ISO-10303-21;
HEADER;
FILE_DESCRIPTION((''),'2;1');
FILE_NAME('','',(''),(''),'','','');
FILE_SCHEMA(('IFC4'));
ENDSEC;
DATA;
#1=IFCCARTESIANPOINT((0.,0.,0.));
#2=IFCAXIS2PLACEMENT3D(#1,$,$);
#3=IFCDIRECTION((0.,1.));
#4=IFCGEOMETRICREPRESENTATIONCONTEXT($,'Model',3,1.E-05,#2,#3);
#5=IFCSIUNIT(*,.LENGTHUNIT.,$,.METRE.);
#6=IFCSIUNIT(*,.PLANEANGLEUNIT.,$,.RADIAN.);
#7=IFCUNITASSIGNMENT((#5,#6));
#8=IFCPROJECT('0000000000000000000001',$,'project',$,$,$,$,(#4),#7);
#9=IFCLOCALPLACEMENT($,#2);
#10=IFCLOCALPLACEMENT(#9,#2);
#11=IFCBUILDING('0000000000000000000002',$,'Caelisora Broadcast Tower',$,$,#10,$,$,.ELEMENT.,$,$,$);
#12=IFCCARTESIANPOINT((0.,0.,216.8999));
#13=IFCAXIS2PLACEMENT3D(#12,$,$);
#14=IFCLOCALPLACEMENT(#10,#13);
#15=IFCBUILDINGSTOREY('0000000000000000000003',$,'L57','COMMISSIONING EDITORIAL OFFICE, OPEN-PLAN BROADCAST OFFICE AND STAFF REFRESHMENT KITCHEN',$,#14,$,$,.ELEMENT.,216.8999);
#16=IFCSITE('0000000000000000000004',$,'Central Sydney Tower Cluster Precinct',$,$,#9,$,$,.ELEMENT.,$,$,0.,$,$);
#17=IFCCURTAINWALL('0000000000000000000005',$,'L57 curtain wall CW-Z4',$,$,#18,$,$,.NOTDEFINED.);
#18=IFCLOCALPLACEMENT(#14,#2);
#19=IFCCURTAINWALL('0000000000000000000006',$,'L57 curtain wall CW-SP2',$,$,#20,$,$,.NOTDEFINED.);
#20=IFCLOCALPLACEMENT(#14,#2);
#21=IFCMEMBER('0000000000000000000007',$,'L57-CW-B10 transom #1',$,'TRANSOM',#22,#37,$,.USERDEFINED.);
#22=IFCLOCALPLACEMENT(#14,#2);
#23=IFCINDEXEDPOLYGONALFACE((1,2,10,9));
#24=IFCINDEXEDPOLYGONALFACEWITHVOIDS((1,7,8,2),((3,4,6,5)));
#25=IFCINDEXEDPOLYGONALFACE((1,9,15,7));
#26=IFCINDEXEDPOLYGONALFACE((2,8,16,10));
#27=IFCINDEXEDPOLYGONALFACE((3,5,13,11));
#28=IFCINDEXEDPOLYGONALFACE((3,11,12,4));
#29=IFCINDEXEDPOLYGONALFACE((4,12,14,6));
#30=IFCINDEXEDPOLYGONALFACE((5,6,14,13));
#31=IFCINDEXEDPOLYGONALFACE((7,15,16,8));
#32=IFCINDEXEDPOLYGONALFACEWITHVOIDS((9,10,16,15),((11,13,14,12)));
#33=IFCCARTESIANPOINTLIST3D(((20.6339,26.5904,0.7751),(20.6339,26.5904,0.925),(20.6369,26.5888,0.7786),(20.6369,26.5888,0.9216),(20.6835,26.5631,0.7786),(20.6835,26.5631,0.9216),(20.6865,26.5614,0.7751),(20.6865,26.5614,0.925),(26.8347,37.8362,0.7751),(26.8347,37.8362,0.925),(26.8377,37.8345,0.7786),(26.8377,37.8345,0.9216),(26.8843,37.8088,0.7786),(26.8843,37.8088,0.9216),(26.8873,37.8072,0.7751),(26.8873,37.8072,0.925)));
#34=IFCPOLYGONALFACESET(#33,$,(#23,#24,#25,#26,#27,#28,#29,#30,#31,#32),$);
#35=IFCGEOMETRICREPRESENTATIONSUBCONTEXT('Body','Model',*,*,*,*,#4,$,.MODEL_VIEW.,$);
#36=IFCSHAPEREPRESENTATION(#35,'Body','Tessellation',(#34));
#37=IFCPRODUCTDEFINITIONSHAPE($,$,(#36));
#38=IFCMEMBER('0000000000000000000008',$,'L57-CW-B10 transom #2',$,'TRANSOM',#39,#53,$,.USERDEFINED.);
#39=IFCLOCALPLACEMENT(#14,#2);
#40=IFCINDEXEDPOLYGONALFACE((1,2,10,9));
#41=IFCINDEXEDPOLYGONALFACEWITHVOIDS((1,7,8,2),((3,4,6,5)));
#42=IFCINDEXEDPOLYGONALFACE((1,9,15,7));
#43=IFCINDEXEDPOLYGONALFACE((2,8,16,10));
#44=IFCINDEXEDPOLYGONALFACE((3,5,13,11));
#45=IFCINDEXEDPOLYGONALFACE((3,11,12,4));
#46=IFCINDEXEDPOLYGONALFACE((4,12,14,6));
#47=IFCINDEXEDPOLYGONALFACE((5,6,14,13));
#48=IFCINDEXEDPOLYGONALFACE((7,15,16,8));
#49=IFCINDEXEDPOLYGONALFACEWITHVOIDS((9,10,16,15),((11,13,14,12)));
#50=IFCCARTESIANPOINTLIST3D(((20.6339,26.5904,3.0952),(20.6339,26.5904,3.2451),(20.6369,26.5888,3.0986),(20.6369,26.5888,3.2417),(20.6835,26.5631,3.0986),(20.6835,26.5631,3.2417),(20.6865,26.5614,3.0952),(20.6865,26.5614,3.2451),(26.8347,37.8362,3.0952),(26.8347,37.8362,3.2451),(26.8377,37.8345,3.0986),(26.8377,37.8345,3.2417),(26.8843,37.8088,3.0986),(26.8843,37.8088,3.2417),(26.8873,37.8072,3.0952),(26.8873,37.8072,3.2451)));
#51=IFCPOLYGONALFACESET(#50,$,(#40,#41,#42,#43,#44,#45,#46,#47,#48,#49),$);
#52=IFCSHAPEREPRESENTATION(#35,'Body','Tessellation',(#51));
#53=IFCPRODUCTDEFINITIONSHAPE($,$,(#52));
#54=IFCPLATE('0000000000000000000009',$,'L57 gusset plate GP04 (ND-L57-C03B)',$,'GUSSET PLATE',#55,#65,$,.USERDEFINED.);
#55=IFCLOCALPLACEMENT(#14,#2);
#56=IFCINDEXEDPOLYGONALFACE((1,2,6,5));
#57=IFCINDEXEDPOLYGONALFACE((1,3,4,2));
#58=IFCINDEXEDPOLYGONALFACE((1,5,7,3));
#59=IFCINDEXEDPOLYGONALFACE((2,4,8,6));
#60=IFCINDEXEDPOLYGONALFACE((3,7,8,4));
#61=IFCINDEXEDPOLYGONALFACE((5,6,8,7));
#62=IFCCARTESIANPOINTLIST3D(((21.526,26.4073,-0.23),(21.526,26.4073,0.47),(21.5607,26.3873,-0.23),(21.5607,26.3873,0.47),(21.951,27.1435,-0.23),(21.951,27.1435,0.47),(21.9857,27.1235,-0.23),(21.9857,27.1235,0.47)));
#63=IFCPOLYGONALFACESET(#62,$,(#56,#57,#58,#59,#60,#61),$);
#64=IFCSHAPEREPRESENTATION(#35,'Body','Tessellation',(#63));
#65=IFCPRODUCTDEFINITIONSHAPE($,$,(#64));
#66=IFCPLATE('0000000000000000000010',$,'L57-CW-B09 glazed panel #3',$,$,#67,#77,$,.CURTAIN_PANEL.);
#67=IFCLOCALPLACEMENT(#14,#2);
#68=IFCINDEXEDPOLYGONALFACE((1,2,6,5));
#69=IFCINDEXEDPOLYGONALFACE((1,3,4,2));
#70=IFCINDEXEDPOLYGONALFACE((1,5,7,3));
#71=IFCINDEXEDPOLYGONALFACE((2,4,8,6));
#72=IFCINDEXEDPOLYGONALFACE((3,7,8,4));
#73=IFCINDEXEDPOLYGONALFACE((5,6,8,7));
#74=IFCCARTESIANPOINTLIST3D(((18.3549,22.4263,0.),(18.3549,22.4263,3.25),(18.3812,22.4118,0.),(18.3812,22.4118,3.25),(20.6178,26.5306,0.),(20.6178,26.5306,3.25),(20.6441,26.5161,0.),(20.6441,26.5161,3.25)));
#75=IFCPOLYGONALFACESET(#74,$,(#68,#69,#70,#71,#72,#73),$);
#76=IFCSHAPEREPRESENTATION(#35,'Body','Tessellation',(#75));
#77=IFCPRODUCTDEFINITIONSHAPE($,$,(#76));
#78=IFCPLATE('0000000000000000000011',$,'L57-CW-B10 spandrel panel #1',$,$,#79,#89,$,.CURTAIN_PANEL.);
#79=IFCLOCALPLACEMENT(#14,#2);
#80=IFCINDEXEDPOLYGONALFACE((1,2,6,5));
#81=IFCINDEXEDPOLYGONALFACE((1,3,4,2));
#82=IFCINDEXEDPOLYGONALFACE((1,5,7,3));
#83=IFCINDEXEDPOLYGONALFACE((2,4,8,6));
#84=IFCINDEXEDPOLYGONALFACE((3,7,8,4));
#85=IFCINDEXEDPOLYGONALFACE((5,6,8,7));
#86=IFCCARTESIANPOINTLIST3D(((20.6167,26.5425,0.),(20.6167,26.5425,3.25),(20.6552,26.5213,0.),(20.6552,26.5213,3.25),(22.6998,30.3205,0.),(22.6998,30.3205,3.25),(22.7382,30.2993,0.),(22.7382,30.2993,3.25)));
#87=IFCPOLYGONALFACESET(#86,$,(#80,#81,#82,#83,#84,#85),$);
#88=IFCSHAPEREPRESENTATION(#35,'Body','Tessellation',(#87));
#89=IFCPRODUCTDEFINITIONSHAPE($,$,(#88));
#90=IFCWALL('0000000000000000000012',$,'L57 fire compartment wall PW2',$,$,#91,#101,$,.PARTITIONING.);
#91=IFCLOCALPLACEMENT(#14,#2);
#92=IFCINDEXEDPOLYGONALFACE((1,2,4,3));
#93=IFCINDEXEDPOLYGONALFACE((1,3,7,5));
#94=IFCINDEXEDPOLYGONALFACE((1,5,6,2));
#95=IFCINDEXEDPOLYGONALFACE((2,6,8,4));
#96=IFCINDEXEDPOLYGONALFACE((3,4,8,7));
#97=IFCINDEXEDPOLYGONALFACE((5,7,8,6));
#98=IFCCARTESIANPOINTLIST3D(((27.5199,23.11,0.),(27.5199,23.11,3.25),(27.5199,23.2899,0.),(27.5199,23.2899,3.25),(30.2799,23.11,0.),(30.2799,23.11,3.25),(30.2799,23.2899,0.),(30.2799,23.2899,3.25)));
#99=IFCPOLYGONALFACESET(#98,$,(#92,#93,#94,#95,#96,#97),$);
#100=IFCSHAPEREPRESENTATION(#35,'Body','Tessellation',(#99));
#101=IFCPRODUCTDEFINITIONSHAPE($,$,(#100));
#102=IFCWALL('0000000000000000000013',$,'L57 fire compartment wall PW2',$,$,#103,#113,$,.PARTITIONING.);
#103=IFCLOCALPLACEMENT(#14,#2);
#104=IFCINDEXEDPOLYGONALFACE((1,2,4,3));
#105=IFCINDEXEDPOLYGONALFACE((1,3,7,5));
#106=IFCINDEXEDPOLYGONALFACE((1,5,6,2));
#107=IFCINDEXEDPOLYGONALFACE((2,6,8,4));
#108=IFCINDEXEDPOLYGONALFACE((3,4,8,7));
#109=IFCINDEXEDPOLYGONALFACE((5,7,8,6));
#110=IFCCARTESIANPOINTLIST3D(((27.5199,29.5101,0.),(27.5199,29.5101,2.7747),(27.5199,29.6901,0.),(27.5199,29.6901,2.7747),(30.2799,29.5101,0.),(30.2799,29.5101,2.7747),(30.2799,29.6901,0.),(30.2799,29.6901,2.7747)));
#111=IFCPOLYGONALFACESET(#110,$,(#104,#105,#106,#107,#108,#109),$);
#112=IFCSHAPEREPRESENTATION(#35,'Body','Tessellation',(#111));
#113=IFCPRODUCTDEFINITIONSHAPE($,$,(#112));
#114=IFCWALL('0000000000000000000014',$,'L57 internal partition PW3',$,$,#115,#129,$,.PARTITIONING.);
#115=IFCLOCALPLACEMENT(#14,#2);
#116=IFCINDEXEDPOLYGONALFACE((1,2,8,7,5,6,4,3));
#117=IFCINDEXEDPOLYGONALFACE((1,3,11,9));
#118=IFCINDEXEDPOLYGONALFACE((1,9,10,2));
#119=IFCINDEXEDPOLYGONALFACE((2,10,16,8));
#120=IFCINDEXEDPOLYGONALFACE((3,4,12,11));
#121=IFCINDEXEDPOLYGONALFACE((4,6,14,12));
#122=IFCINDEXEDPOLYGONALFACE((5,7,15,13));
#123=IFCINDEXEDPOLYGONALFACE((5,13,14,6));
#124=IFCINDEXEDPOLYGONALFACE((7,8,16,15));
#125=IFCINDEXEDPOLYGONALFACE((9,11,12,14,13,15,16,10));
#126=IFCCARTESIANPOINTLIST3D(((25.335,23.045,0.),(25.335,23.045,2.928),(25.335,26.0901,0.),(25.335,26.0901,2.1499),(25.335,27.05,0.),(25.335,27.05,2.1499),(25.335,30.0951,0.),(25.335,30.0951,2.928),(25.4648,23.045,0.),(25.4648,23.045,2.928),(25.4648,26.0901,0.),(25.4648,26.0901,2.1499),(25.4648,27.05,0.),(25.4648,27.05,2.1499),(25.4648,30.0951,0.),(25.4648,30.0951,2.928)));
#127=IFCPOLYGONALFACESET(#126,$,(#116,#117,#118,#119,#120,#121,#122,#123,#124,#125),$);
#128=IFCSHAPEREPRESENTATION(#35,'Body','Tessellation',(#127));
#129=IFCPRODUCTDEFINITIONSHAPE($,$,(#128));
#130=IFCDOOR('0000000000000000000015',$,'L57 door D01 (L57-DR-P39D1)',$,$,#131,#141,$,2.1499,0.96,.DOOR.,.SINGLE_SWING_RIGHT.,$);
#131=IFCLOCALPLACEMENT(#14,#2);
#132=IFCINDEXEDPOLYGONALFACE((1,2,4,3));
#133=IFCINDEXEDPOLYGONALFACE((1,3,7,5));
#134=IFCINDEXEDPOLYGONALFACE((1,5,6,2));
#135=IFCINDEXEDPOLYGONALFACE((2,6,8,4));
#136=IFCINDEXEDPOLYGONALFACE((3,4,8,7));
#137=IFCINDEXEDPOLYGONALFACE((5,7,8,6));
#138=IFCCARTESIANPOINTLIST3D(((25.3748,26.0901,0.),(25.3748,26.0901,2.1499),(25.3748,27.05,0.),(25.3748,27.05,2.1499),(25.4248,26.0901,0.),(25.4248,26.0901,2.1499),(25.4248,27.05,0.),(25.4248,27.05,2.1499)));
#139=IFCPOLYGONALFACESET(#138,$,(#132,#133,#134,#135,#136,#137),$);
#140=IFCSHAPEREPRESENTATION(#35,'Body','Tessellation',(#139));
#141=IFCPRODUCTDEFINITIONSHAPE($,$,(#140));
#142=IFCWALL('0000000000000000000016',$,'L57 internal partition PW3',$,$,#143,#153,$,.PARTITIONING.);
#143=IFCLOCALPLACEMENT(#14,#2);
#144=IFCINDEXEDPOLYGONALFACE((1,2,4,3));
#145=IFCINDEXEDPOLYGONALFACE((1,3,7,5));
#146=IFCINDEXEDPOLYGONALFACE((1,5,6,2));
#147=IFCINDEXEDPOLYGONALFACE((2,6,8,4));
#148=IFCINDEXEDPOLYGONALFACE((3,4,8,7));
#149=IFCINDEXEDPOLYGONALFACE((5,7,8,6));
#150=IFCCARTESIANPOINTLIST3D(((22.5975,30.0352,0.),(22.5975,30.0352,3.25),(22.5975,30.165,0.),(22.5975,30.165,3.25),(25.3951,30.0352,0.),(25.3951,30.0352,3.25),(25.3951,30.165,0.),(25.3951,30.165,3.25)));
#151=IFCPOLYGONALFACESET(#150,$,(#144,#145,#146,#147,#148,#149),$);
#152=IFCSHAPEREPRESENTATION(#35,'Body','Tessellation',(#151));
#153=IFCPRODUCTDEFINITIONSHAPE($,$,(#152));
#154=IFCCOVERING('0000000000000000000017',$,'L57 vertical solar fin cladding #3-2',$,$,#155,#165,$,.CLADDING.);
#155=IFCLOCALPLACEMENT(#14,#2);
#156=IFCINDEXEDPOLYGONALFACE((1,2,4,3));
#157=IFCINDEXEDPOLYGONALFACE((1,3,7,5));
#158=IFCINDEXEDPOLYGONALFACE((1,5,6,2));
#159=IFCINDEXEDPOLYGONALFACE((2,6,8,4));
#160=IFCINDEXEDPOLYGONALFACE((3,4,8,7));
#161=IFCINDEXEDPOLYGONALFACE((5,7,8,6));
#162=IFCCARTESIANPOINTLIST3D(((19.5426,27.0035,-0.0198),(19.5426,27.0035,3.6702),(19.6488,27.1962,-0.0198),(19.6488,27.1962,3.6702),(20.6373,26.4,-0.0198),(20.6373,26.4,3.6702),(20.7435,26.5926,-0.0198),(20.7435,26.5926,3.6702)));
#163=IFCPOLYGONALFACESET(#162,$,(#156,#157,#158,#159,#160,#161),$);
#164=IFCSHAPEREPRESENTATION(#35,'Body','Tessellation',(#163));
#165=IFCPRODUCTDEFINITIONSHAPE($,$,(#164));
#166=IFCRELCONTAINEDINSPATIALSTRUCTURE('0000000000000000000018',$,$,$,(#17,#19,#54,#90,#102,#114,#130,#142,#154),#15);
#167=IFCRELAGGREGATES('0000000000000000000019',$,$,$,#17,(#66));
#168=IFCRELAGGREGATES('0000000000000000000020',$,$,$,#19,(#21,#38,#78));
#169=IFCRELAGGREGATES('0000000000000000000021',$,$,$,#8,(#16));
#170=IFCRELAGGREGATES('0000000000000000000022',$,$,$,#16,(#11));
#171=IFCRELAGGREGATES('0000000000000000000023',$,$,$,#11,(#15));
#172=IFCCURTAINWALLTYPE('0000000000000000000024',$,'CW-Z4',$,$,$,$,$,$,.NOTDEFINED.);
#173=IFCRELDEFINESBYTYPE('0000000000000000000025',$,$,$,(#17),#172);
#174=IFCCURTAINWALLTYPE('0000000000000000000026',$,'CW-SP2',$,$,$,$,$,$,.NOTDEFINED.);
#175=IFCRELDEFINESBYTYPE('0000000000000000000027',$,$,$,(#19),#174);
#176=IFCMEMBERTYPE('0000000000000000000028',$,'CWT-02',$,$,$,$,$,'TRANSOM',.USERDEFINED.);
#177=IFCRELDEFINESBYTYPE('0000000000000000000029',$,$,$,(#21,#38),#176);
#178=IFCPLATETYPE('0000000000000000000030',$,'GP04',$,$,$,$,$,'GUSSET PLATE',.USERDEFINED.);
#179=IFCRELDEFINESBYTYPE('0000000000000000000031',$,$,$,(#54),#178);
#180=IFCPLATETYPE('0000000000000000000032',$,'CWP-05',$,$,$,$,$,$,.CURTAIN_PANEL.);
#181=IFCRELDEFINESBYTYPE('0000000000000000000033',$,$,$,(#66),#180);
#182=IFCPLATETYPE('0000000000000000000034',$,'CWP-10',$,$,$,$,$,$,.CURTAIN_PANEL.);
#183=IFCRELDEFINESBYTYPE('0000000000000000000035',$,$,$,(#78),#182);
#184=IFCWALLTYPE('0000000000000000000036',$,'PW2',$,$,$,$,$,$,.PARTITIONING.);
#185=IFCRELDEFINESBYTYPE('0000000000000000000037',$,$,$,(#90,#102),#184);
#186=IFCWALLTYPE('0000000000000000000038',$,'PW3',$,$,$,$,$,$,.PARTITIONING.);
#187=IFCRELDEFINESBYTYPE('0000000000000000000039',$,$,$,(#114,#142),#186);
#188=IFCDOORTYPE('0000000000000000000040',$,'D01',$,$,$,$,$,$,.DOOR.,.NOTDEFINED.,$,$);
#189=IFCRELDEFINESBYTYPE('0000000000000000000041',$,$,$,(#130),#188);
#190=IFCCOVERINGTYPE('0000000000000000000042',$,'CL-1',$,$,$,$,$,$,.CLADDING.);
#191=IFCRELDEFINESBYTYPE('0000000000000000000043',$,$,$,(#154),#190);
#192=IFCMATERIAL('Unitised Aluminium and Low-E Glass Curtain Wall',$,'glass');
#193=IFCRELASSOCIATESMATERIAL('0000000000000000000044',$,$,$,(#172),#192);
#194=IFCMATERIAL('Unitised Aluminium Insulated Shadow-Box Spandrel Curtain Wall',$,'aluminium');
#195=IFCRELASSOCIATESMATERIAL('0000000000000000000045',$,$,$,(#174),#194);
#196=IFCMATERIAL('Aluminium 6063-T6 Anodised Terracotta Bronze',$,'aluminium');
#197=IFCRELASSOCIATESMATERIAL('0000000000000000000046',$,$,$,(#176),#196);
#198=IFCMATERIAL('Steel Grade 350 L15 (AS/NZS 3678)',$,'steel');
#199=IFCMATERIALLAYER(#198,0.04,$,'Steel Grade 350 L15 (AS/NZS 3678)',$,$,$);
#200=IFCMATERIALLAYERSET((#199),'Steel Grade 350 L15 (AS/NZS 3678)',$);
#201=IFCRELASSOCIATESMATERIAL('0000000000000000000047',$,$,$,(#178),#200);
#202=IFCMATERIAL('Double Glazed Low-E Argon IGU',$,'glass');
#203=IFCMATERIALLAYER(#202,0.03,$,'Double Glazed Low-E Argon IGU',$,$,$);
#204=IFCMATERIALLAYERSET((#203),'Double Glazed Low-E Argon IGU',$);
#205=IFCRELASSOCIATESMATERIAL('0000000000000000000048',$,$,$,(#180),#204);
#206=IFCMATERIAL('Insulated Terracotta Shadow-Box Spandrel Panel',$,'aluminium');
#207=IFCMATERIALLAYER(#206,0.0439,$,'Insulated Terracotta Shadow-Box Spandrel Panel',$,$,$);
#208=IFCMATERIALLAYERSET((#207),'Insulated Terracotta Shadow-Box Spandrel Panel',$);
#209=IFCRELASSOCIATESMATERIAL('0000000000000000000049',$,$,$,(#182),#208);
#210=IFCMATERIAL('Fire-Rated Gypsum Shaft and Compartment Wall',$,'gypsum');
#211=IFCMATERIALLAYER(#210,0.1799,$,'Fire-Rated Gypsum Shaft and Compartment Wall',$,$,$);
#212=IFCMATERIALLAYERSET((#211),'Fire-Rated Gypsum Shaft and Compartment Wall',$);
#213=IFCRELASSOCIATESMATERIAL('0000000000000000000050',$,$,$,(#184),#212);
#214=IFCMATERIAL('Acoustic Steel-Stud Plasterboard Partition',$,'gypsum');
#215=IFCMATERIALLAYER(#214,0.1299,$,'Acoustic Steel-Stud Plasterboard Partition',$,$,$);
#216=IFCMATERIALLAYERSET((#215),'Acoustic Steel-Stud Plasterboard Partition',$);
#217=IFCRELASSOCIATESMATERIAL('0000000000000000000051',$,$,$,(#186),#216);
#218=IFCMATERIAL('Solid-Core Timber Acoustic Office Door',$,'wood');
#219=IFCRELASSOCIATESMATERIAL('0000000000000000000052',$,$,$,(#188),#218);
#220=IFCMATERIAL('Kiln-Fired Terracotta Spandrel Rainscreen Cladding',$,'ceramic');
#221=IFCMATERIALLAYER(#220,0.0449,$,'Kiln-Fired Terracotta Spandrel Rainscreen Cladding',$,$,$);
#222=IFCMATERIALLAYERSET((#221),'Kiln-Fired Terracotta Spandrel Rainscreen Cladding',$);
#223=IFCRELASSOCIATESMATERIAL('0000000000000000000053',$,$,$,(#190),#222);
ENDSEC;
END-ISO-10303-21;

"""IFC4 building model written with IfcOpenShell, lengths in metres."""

from ifc_helpers import new_model, si_unit, direction, frame, frame_2d, origin, origin_2d, place, context, subcontext, project, spatial, rectangle, hollow_rectangle, extrude, source, transform, mapped, material, layer, layer_set, material_profile, profile_set, type_object, type_shapes, element, fill, aggregate, save


model = new_model("IFC4")

# Units and contexts
model_context = context("Model", 3, precision=1e-05, world=origin(), true_north=direction((0.0, 1.0)))
body_context = subcontext(model_context, "Body", "Model", "MODEL_VIEW")
ifc_project = project(units=[si_unit("LENGTHUNIT", "METRE"), si_unit("PLANEANGLEUNIT", "RADIAN")], contexts=[model_context])

# Site, building, storey
site_placement = place(None, origin())
site = spatial("IfcSite", under=ifc_project, at=site_placement, Name="Central Sydney Tower Cluster Precinct", CompositionType="ELEMENT", RefElevation=0.0)
building_placement = place(site_placement, origin())
building = spatial("IfcBuilding", under=site, at=building_placement, Name="Caelisora Broadcast Tower", CompositionType="ELEMENT")
storey_placement = place(building_placement, frame((0.0, 0.0, 216.8999)))
storey = spatial("IfcBuildingStorey", under=building, at=storey_placement, Name="L57", Description="COMMISSIONING EDITORIAL OFFICE, OPEN-PLAN BROADCAST OFFICE AND STAFF REFRESHMENT KITCHEN", CompositionType="ELEMENT", Elevation=216.8999)

# Shared definitions
ifc_material_1 = material(Name="Steel Grade 350 L15 (AS/NZS 3678)", Category="steel")

# Curtain wall
ifc_material_2 = material(Name="Unitised Aluminium and Low-E Glass Curtain Wall", Category="glass")
curtain_wall_type_1 = type_object("IfcCurtainWallType", Name="CW-Z4", PredefinedType="NOTDEFINED", material=ifc_material_2)
curtain_wall_1_placement = place(storey_placement, origin())
curtain_wall_1 = element("IfcCurtainWall", 1, at=curtain_wall_1_placement, inside=storey, type_object=curtain_wall_type_1, Name="L57 curtain wall CW-Z4", PredefinedType="NOTDEFINED")
ifc_material_3 = material(Name="Aluminium 6063-T6 Anodised Terracotta Bronze", Category="aluminium")

# Curtain wall, members
ifc_material_4 = material(Name="Unitised Aluminium Insulated Shadow-Box Spandrel Curtain Wall", Category="aluminium")
curtain_wall_type_2 = type_object("IfcCurtainWallType", Name="CW-SP2", PredefinedType="NOTDEFINED", material=ifc_material_4)
curtain_wall_2_placement = place(storey_placement, origin())
curtain_wall_2 = element("IfcCurtainWall", 2, at=curtain_wall_2_placement, inside=storey, type_object=curtain_wall_type_2, Name="L57 curtain wall CW-SP2", PredefinedType="NOTDEFINED")
ifc_material_profile_1 = material_profile(ifc_material_3, hollow_rectangle(XDim=0.0601, YDim=0.1499, WallThickness=0.0034, at=origin_2d()), Name="Aluminium 6063-T6 Anodised Terracotta Bronze")
ifc_profile_set_1 = profile_set([ifc_material_profile_1], Name="Aluminium 6063-T6 Anodised Terracotta Bronze")
member_type_1 = type_object("IfcMemberType", Name="CWT-02", ElementType="TRANSOM", PredefinedType="USERDEFINED", material=ifc_profile_set_1)
shared_shape_1 = source(origin(), body_context, "Body", "SweptSolid", [
    extrude(hollow_rectangle(XDim=0.0601, YDim=0.1499, WallThickness=0.0034, at=origin_2d()), origin(), (0.0, 0.0, 1.0), 12.842),
])
type_shapes(member_type_1, [shared_shape_1])
member_1_placement = place(storey_placement, frame((20.6602, 26.5759, 0.8501), z_axis=(0.482858, 0.875699, 0.0), x_axis=(-0.875699, 0.482858, 0.0)))
member_1 = element("IfcMember", 3, at=member_1_placement, type_object=member_type_1, Name="L57-CW-B10 transom #1", ObjectType="TRANSOM", PredefinedType="USERDEFINED", context=body_context, shape_type="MappedRepresentation", body=[
    mapped(shared_shape_1, transform((0.0, 0.0, 0.0), scale=1.0)),
])
member_2_placement = place(storey_placement, frame((20.6602, 26.5759, 3.1702), z_axis=(0.482858, 0.875699, 0.0), x_axis=(-0.875699, 0.482858, 0.0)))
member_2 = element("IfcMember", 4, at=member_2_placement, type_object=member_type_1, Name="L57-CW-B10 transom #2", ObjectType="TRANSOM", PredefinedType="USERDEFINED", context=body_context, shape_type="MappedRepresentation", body=[
    mapped(shared_shape_1, transform((0.0, 0.0, 0.0), scale=1.0)),
])

# Plates
ifc_layer_1 = layer(ifc_material_1, 0.04, Name="Steel Grade 350 L15 (AS/NZS 3678)")
ifc_layer_set_1 = layer_set([ifc_layer_1], Name="Steel Grade 350 L15 (AS/NZS 3678)")
plate_type_1 = type_object("IfcPlateType", Name="GP04", ElementType="GUSSET PLATE", PredefinedType="USERDEFINED", material=ifc_layer_set_1)
shared_shape_2 = source(origin(), body_context, "Body", "SweptSolid", [
    extrude(rectangle(XDim=0.8501, YDim=0.04, at=origin_2d()), origin(), (0.0, 0.0, 1.0), 0.7),
])
type_shapes(plate_type_1, [shared_shape_2])
plate_1_placement = place(storey_placement, frame((21.7559, 26.7654, -0.23), z_axis=(0.0, 0.0, 1.0), x_axis=(-0.5, -0.866025, 0.0)))
element("IfcPlate", 5, at=plate_1_placement, inside=storey, type_object=plate_type_1, Name="L57 gusset plate GP04 (ND-L57-C03B)", ObjectType="GUSSET PLATE", PredefinedType="USERDEFINED", context=body_context, shape_type="MappedRepresentation", body=[
    mapped(shared_shape_2, transform((0.0, 0.0, 0.0), scale=1.0)),
])
ifc_material_5 = material(Name="Double Glazed Low-E Argon IGU", Category="glass")
ifc_layer_2 = layer(ifc_material_5, 0.03, Name="Double Glazed Low-E Argon IGU")
ifc_layer_set_2 = layer_set([ifc_layer_2], Name="Double Glazed Low-E Argon IGU")
plate_type_2 = type_object("IfcPlateType", Name="CWP-05", PredefinedType="CURTAIN_PANEL", material=ifc_layer_set_2)
shared_shape_3 = source(origin(), body_context, "Body", "SweptSolid", [
    extrude(rectangle(XDim=4.6868, YDim=0.03, at=origin_2d()), origin(), (0.0, 0.0, 1.0), 3.25),
])
type_shapes(plate_type_2, [shared_shape_3])
plate_2_placement = place(storey_placement, frame((19.4995, 24.4712, 0.0), z_axis=(0.0, 0.0, 1.0), x_axis=(0.482824, 0.875717, 0.0)))
plate_2 = element("IfcPlate", 6, at=plate_2_placement, type_object=plate_type_2, Name="L57-CW-B09 glazed panel #3", PredefinedType="CURTAIN_PANEL", context=body_context, shape_type="MappedRepresentation", body=[
    mapped(shared_shape_3, transform((0.0, 0.0, 0.0), scale=1.0)),
])
aggregate(curtain_wall_1, [plate_2])
ifc_material_6 = material(Name="Insulated Terracotta Shadow-Box Spandrel Panel", Category="aluminium")
ifc_layer_3 = layer(ifc_material_6, 0.0439, Name="Insulated Terracotta Shadow-Box Spandrel Panel")
ifc_layer_set_3 = layer_set([ifc_layer_3], Name="Insulated Terracotta Shadow-Box Spandrel Panel")
plate_type_3 = type_object("IfcPlateType", Name="CWP-10", PredefinedType="CURTAIN_PANEL", material=ifc_layer_set_3)
shared_shape_4 = source(origin(), body_context, "Body", "SweptSolid", [
    extrude(rectangle(XDim=4.3142, YDim=0.0439, at=origin_2d()), origin(), (0.0, 0.0, 1.0), 3.25),
])
type_shapes(plate_type_3, [shared_shape_4])
plate_3_placement = place(storey_placement, frame((21.6775, 28.4209, 0.0), z_axis=(0.0, 0.0, 1.0), x_axis=(0.482824, 0.875717, 0.0)))
plate_3 = element("IfcPlate", 7, at=plate_3_placement, type_object=plate_type_3, Name="L57-CW-B10 spandrel panel #1", PredefinedType="CURTAIN_PANEL", context=body_context, shape_type="MappedRepresentation", body=[
    mapped(shared_shape_4, transform((0.0, 0.0, 0.0), scale=1.0)),
])
aggregate(curtain_wall_2, [member_1, member_2, plate_3])

# Shared definitions
ifc_material_7 = material(Name="Fire-Rated Gypsum Shaft and Compartment Wall", Category="gypsum")
ifc_layer_4 = layer(ifc_material_7, 0.1799, Name="Fire-Rated Gypsum Shaft and Compartment Wall")
ifc_layer_set_4 = layer_set([ifc_layer_4], Name="Fire-Rated Gypsum Shaft and Compartment Wall")
wall_type_1 = type_object("IfcWallType", Name="PW2", PredefinedType="PARTITIONING", material=ifc_layer_set_4)

# Walls
wall_1_placement = place(storey_placement, frame((27.52, 23.2, 0.0), z_axis=(0.0, 0.0, 1.0), x_axis=(1.0, 0.0, 0.0)))
element("IfcWall", 8, at=wall_1_placement, inside=storey, type_object=wall_type_1, Name="L57 fire compartment wall PW2", PredefinedType="PARTITIONING", context=body_context, shape_type="SweptSolid", body=[
    extrude(rectangle(XDim=2.76, YDim=0.1799, at=frame_2d((1.3799, 0.0))), origin(), (0.0, 0.0, 1.0), 3.25),
])
wall_2_placement = place(storey_placement, frame((27.52, 29.6001, 0.0), z_axis=(0.0, 0.0, 1.0), x_axis=(1.0, 0.0, 0.0)))
element("IfcWall", 9, at=wall_2_placement, inside=storey, type_object=wall_type_1, Name="L57 fire compartment wall PW2", PredefinedType="PARTITIONING", context=body_context, shape_type="SweptSolid", body=[
    extrude(rectangle(XDim=2.76, YDim=0.1799, at=frame_2d((1.3799, 0.0))), origin(), (0.0, 0.0, 1.0), 2.7747),
])

# Wall, opening, door
ifc_material_8 = material(Name="Acoustic Steel-Stud Plasterboard Partition", Category="gypsum")
ifc_layer_5 = layer(ifc_material_8, 0.1299, Name="Acoustic Steel-Stud Plasterboard Partition")
ifc_layer_set_5 = layer_set([ifc_layer_5], Name="Acoustic Steel-Stud Plasterboard Partition")
wall_type_2 = type_object("IfcWallType", Name="PW3", PredefinedType="PARTITIONING", material=ifc_layer_set_5)
wall_3_placement = place(storey_placement, frame((25.3999, 30.095, 0.0), z_axis=(0.0, 0.0, 1.0), x_axis=(0.0, -1.0, 0.0)))
wall_3 = element("IfcWall", 10, at=wall_3_placement, inside=storey, type_object=wall_type_2, Name="L57 internal partition PW3", PredefinedType="PARTITIONING", context=body_context, shape_type="SweptSolid", body=[
    extrude(rectangle(XDim=7.05, YDim=0.1299, at=frame_2d((3.5249, 0.0))), origin(), (0.0, 0.0, 1.0), 2.928),
])
opening_1_placement = place(wall_3_placement, frame((3.0449, 0.0, 0.0)))
opening_1 = element("IfcOpeningElement", 11, at=opening_1_placement, cuts=wall_3, PredefinedType="OPENING", context=body_context, shape_type="SweptSolid", body=[
    extrude(rectangle(XDim=0.96, YDim=2.1499, at=frame_2d((0.48, 1.075))), frame((0.0, 0.0769, 0.0), z_axis=(0.0, -1.0, 0.0), x_axis=(1.0, 0.0, 0.0)), (0.0, 0.0, 1.0), 0.1538),
])
ifc_material_9 = material(Name="Solid-Core Timber Acoustic Office Door", Category="wood")
door_type_1 = type_object("IfcDoorType", Name="D01", OperationType="NOTDEFINED", PredefinedType="DOOR", material=ifc_material_9)
door_1_placement = place(opening_1_placement, origin())
door_1 = element("IfcDoor", 12, at=door_1_placement, inside=storey, type_object=door_type_1, Name="L57 door D01 (L57-DR-P39D1)", OperationType="SINGLE_SWING_RIGHT", OverallHeight=2.1499, OverallWidth=0.96, PredefinedType="DOOR", context=body_context, shape_type="SweptSolid", body=[
    extrude(rectangle(XDim=0.96, YDim=2.1499, at=frame_2d((0.48, 1.075))), frame((0.0, 0.0249, 0.0), z_axis=(0.0, -1.0, 0.0), x_axis=(1.0, 0.0, 0.0)), (0.0, 0.0, 1.0), 0.05),
])
fill(opening_1, door_1)

# Wall
wall_4_placement = place(storey_placement, frame((22.5974, 30.1001, 0.0), z_axis=(0.0, 0.0, 1.0), x_axis=(1.0, 0.0, 0.0)))
element("IfcWall", 13, at=wall_4_placement, inside=storey, type_object=wall_type_2, Name="L57 internal partition PW3", PredefinedType="PARTITIONING", context=body_context, shape_type="SweptSolid", body=[
    extrude(rectangle(XDim=2.7976, YDim=0.1299, at=frame_2d((1.3989, 0.0))), origin(), (0.0, 0.0, 1.0), 3.25),
])

# Covering
ifc_material_10 = material(Name="Kiln-Fired Terracotta Spandrel Rainscreen Cladding", Category="ceramic")
ifc_layer_6 = layer(ifc_material_10, 0.0449, Name="Kiln-Fired Terracotta Spandrel Rainscreen Cladding")
ifc_layer_set_6 = layer_set([ifc_layer_6], Name="Kiln-Fired Terracotta Spandrel Rainscreen Cladding")
covering_type = type_object("IfcCoveringType", Name="CL-1", PredefinedType="CLADDING", material=ifc_layer_set_6)
shared_shape_5 = source(origin(), body_context, "Body", "SweptSolid", [
    extrude(rectangle(XDim=0.22, YDim=1.25, at=origin_2d()), origin(), (0.0, 0.0, 1.0), 3.6899),
])
type_shapes(covering_type, [shared_shape_5])
covering_placement = place(storey_placement, frame((20.1431, 26.7981, -0.0198), z_axis=(0.0, 0.0, 1.0), x_axis=(0.482824, 0.875717, 0.0)))
element("IfcCovering", 14, at=covering_placement, inside=storey, type_object=covering_type, Name="L57 vertical solar fin cladding #3-2", PredefinedType="CLADDING", context=body_context, shape_type="MappedRepresentation", body=[
    mapped(shared_shape_5, transform((0.0, 0.0, 0.0), scale=1.0)),
])

save(model, "model.ifc")
